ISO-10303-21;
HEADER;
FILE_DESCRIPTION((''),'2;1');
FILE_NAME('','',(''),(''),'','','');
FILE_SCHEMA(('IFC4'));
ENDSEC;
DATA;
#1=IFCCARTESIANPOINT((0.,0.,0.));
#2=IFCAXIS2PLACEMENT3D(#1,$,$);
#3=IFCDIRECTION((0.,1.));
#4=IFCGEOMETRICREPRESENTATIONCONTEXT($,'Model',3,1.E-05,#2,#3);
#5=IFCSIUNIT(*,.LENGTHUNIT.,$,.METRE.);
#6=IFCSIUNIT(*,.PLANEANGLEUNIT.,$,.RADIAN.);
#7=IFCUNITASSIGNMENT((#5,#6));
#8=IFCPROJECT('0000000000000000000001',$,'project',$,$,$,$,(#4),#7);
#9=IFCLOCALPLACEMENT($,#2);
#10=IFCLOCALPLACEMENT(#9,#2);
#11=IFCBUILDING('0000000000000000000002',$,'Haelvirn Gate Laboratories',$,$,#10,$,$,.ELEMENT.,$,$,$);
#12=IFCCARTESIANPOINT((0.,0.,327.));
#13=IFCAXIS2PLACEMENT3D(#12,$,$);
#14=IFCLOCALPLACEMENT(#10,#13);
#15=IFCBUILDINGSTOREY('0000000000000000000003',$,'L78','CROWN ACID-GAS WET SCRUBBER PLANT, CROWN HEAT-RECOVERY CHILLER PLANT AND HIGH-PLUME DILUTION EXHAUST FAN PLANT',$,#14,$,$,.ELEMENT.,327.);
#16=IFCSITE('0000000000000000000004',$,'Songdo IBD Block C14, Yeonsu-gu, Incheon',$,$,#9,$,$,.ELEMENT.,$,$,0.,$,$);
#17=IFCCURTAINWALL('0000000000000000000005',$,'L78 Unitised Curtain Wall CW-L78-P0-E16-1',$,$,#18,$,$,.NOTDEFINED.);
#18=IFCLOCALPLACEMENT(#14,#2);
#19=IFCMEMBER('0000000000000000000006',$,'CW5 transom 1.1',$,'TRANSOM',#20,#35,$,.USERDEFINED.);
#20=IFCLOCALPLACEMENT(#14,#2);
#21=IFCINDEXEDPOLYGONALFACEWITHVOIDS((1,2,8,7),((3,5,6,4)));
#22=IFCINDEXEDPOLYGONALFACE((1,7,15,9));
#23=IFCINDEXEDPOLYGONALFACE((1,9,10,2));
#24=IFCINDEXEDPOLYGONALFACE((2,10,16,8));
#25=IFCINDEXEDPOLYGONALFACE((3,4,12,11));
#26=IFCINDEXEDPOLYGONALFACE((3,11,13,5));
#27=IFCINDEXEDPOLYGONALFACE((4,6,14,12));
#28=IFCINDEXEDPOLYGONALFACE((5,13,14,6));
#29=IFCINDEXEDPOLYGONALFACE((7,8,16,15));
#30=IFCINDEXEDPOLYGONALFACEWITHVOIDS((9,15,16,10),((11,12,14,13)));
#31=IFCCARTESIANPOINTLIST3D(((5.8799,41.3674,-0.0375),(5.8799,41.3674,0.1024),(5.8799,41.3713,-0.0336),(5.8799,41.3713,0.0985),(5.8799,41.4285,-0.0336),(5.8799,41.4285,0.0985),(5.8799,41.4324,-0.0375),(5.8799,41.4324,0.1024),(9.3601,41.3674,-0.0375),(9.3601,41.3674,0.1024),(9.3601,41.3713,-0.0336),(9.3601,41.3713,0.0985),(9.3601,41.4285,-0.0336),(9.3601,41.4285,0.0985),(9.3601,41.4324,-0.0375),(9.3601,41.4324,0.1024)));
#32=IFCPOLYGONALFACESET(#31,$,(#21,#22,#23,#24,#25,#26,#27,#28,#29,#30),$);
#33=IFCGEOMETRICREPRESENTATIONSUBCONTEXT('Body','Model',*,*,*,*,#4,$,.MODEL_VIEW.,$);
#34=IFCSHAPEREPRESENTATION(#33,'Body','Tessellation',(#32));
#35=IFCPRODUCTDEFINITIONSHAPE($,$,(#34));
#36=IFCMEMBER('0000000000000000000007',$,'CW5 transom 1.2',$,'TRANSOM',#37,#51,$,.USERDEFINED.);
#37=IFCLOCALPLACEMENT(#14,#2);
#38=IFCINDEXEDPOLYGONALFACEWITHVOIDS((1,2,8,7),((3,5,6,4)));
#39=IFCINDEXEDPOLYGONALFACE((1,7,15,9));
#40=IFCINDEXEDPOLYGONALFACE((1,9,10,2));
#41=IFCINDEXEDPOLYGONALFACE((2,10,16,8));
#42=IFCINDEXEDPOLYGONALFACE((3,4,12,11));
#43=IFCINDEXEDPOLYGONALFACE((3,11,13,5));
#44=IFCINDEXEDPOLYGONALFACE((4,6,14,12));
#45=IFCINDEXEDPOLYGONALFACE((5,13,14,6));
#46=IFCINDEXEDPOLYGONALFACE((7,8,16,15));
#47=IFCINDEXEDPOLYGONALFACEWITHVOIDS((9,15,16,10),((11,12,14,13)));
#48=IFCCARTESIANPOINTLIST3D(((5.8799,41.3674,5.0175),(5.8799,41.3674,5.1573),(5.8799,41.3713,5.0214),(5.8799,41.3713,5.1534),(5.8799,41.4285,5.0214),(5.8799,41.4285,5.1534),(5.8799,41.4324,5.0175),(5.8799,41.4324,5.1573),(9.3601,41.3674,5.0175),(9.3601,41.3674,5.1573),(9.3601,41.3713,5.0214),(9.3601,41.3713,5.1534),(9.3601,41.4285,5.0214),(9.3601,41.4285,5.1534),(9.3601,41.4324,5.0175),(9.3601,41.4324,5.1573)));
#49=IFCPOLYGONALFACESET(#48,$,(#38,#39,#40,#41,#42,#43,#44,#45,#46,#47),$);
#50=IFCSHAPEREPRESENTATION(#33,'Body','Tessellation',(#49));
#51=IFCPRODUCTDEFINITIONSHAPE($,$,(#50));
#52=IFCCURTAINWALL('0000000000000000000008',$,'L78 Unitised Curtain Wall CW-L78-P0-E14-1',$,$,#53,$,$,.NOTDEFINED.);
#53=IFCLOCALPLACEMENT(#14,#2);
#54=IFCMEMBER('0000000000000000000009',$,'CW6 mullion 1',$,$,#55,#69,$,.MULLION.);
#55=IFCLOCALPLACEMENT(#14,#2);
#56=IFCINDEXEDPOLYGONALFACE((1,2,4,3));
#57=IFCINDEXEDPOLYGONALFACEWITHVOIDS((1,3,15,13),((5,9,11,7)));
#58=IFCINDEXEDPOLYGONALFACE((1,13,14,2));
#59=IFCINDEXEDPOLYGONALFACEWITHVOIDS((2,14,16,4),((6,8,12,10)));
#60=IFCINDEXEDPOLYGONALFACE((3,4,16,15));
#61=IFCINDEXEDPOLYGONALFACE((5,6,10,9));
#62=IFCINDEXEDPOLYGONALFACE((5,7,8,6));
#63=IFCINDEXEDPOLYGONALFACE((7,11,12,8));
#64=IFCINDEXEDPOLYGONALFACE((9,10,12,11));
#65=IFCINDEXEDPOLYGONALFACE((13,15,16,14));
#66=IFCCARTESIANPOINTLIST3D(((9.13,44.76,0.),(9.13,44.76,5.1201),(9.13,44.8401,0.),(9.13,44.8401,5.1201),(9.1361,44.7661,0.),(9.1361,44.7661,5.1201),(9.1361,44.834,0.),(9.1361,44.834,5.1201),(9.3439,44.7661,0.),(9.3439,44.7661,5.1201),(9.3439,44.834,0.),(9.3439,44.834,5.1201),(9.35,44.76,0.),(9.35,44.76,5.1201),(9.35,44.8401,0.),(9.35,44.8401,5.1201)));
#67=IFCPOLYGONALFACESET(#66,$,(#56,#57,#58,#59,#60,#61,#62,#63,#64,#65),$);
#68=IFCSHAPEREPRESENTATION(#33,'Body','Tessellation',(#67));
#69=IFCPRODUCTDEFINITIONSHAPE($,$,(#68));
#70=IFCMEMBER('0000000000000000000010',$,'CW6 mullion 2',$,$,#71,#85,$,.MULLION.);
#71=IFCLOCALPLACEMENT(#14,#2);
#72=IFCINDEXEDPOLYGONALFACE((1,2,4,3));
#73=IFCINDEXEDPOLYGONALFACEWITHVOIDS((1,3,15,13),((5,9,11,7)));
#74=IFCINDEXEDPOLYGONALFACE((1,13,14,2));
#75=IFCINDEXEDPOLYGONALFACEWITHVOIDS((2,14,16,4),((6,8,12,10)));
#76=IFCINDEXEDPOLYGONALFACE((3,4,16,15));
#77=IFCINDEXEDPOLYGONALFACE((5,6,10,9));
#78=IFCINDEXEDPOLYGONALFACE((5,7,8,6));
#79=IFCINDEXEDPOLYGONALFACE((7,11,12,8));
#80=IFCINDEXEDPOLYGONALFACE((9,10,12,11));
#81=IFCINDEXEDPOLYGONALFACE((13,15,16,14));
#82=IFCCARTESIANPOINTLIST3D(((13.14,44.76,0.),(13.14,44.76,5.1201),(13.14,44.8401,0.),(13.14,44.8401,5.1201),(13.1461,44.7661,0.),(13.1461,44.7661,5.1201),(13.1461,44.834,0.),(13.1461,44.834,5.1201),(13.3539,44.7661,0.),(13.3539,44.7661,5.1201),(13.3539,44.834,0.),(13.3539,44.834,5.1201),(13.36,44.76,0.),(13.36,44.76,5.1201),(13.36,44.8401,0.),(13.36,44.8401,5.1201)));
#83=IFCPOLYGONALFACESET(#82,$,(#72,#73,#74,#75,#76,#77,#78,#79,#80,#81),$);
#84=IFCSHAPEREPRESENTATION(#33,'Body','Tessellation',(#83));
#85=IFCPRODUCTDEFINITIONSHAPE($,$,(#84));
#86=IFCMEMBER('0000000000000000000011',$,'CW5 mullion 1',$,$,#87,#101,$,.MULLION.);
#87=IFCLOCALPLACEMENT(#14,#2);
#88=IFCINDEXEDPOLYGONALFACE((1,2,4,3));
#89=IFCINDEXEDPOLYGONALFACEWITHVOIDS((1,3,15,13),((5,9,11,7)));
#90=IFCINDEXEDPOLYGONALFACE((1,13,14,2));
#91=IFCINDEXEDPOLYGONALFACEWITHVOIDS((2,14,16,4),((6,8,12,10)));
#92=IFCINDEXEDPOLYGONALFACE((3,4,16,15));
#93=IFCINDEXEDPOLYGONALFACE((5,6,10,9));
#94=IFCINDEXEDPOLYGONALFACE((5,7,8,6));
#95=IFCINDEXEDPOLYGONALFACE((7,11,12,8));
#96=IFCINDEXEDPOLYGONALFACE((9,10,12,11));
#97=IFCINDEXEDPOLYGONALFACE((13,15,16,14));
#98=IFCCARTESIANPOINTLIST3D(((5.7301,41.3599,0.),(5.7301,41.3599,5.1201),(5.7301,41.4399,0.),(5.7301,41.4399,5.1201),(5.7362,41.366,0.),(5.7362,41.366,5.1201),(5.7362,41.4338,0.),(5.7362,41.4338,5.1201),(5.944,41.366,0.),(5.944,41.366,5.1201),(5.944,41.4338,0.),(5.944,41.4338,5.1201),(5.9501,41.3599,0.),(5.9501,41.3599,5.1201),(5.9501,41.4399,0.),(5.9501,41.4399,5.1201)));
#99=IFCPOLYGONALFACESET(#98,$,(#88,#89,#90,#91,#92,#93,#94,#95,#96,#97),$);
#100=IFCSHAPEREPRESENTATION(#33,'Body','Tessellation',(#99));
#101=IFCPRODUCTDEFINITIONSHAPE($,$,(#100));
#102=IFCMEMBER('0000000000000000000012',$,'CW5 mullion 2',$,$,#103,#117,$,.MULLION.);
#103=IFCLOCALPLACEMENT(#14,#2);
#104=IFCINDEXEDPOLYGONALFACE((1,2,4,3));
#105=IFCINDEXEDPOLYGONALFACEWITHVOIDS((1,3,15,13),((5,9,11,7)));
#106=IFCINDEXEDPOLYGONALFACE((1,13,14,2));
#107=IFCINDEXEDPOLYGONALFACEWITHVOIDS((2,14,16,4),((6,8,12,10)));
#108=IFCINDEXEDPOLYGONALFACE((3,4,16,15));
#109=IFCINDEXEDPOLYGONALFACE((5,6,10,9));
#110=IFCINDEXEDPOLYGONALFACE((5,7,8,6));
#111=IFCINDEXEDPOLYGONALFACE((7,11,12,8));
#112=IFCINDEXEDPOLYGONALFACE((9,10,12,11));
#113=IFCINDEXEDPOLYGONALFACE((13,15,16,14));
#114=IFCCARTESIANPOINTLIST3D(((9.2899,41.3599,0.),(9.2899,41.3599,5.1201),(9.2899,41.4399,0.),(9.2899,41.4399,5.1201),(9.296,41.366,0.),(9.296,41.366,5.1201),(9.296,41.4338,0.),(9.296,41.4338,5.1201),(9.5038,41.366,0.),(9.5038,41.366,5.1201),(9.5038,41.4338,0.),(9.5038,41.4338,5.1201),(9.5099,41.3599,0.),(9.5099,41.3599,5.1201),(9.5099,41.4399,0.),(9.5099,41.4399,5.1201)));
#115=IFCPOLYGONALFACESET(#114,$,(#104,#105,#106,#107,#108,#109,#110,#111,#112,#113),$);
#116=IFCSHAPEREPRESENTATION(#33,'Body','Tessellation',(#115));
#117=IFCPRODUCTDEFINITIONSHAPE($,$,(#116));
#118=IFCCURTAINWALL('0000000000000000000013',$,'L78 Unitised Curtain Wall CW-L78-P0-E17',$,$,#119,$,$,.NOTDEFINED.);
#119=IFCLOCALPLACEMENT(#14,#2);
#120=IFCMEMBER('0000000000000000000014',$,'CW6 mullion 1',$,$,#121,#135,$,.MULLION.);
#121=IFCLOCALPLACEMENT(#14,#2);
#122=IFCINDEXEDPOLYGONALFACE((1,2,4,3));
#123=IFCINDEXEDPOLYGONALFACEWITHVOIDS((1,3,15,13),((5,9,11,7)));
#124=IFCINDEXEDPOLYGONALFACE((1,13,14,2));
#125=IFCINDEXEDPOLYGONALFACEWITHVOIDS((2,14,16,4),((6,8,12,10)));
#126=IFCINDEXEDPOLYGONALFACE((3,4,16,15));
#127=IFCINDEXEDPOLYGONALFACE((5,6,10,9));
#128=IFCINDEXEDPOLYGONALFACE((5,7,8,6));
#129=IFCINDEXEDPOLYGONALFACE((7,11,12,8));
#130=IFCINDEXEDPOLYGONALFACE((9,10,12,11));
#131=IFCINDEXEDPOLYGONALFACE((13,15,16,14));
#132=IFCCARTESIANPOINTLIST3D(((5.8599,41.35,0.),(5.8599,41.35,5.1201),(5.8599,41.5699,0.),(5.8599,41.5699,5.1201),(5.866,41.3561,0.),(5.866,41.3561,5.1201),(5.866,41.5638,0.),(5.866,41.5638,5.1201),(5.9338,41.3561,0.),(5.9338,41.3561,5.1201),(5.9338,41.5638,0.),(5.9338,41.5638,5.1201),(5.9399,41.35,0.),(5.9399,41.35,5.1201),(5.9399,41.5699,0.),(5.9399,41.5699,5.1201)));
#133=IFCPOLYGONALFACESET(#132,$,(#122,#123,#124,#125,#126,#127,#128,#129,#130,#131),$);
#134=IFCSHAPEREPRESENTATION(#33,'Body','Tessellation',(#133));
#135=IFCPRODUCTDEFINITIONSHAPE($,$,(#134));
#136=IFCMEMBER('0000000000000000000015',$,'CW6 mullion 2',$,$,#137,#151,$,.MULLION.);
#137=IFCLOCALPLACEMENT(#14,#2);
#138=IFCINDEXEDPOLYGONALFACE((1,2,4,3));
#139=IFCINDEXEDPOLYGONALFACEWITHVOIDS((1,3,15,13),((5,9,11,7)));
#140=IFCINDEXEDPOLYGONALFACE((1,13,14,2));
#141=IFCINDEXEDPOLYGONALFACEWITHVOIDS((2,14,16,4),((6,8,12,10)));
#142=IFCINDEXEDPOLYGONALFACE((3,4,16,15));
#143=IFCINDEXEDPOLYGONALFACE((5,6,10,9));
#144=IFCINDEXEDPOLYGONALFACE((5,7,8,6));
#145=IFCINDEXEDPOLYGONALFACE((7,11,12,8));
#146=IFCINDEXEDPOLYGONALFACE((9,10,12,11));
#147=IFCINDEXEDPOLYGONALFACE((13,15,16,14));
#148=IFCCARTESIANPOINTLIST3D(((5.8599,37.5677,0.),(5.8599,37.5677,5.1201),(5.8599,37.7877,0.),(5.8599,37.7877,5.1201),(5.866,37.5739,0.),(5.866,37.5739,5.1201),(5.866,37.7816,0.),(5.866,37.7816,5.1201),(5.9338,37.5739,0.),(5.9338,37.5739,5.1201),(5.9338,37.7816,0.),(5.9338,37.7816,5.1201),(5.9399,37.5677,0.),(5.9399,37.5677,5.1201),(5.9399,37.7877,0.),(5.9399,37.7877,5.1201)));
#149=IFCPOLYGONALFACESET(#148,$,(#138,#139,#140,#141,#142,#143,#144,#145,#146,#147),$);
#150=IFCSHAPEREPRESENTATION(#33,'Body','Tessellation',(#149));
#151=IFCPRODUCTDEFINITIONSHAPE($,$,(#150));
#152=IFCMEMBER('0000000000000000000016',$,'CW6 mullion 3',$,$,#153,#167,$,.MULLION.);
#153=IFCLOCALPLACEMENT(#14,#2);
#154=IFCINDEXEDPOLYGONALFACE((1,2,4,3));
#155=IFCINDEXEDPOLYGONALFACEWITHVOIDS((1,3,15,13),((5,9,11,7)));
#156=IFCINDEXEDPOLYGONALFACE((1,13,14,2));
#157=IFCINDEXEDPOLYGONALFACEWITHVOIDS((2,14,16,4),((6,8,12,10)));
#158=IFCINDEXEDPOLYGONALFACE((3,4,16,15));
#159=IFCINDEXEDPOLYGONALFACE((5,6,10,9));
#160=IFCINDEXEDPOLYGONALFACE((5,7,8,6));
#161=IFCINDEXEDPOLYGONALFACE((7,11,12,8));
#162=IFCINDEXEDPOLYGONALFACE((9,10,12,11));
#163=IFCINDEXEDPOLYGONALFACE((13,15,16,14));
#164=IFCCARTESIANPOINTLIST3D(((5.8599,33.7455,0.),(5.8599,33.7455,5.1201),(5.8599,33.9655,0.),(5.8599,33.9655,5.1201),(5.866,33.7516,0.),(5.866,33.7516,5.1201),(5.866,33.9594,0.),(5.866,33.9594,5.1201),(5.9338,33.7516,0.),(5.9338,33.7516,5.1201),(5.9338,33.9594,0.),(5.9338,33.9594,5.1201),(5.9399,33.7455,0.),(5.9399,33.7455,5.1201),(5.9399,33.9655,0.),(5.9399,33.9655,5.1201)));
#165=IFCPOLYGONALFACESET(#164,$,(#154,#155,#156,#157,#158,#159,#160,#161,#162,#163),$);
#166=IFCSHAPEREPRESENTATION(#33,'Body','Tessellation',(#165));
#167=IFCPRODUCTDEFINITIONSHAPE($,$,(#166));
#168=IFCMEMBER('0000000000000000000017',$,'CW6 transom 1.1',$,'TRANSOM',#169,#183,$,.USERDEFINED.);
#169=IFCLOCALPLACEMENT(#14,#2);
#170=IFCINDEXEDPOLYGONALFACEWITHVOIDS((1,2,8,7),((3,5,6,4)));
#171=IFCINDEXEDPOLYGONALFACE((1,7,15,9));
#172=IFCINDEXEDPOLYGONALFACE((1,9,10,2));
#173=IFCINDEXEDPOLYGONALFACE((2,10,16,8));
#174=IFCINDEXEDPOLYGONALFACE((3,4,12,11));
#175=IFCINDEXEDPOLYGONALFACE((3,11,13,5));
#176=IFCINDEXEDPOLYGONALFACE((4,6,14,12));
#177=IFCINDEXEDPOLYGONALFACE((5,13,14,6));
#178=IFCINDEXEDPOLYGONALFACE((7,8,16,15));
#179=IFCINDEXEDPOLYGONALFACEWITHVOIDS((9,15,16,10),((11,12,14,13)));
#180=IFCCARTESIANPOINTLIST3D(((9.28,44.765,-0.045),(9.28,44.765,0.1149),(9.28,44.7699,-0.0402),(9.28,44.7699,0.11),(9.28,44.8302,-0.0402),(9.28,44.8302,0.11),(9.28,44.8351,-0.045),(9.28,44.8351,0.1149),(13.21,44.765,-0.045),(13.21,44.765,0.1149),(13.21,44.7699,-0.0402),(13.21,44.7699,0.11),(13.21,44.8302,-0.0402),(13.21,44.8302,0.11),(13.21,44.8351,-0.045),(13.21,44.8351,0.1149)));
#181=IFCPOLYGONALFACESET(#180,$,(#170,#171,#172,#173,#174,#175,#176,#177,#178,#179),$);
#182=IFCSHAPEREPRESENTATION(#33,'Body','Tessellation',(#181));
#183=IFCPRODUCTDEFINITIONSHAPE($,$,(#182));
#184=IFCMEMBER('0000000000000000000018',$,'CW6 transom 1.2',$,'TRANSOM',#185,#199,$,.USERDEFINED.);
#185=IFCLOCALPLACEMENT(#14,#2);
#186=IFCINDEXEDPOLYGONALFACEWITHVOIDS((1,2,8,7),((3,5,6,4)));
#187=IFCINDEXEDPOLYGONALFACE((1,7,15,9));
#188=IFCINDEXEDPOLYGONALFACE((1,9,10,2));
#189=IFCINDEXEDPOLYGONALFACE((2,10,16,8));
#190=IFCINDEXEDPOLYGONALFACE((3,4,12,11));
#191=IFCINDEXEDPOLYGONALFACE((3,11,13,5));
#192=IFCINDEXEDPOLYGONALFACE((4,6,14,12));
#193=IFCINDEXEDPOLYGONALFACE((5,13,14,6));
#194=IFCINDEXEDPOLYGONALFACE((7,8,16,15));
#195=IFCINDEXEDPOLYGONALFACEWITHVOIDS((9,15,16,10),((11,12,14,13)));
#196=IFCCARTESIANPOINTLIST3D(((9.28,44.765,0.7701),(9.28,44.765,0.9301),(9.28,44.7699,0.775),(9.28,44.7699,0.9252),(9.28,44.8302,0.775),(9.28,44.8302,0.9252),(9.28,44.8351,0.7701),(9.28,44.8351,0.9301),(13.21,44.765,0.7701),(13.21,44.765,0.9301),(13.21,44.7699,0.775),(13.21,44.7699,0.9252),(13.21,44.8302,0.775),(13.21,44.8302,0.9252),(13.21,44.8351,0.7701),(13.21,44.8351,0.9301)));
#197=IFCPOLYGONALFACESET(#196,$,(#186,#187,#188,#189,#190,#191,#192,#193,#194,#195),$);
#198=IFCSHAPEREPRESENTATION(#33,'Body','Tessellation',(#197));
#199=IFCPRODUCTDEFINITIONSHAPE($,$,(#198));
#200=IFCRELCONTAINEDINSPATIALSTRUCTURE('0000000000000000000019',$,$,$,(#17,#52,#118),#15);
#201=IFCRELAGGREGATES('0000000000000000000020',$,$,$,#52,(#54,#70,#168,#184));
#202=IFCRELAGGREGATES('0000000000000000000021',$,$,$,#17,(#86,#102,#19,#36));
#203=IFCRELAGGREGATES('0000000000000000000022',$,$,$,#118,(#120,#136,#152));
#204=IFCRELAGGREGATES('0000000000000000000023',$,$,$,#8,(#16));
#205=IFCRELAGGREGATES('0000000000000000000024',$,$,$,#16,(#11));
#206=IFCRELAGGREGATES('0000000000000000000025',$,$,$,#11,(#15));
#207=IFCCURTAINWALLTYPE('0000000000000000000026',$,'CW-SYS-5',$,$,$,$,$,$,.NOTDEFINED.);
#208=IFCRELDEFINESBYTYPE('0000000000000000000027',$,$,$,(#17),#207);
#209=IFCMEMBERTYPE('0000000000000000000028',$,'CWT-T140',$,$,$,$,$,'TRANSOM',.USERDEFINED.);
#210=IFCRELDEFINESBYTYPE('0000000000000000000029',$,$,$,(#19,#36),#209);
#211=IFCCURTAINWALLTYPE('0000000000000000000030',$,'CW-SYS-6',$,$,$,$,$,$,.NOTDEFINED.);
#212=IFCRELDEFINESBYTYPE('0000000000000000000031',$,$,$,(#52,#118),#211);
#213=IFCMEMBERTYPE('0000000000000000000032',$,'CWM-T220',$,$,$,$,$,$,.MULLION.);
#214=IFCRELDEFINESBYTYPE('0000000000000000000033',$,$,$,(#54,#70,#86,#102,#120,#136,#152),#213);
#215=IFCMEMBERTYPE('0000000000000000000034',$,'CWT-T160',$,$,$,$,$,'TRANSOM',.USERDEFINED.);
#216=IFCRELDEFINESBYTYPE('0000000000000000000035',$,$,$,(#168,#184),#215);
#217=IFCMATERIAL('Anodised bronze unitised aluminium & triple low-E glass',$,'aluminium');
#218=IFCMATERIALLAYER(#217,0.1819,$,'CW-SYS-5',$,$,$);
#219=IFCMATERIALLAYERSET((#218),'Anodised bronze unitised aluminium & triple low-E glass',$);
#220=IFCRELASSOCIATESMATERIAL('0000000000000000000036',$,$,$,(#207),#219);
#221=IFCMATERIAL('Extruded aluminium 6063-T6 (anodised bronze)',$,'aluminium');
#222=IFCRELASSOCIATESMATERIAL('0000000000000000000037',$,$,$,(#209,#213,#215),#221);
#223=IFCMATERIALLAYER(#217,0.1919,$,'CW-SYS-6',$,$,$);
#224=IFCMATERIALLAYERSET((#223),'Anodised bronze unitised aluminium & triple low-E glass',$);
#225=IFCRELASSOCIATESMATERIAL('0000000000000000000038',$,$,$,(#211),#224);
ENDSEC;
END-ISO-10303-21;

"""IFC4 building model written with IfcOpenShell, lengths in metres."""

from ifc_helpers import new_model, si_unit, direction, frame, origin, origin_2d, place, context, subcontext, project, spatial, hollow_rectangle, extrude, source, transform, mapped, material, layer, layer_set, material_profile, profile_set, type_object, type_shapes, element, aggregate, save


model = new_model("IFC4")

# Units and contexts
model_context = context("Model", 3, precision=1e-05, world=origin(), true_north=direction((0.0, 1.0)))
body_context = subcontext(model_context, "Body", "Model", "MODEL_VIEW")
ifc_project = project(units=[si_unit("LENGTHUNIT", "METRE"), si_unit("PLANEANGLEUNIT", "RADIAN")], contexts=[model_context])

# Site, building, storey
site_placement = place(None, origin())
site = spatial("IfcSite", under=ifc_project, at=site_placement, Name="Songdo IBD Block C14, Yeonsu-gu, Incheon", CompositionType="ELEMENT", RefElevation=0.0)
building_placement = place(site_placement, origin())
building = spatial("IfcBuilding", under=site, at=building_placement, Name="Haelvirn Gate Laboratories", CompositionType="ELEMENT")
storey_placement = place(building_placement, frame((0.0, 0.0, 327.0)))
storey = spatial("IfcBuildingStorey", under=building, at=storey_placement, Name="L78", Description="CROWN ACID-GAS WET SCRUBBER PLANT, CROWN HEAT-RECOVERY CHILLER PLANT AND HIGH-PLUME DILUTION EXHAUST FAN PLANT", CompositionType="ELEMENT", Elevation=327.0)

# Curtain walls, members
ifc_material_1 = material(Name="Anodised bronze unitised aluminium & triple low-E glass", Category="aluminium")
ifc_layer_1 = layer(ifc_material_1, 0.1819, Name="CW-SYS-5")
ifc_layer_set_1 = layer_set([ifc_layer_1], Name="Anodised bronze unitised aluminium & triple low-E glass")
curtain_wall_type_1 = type_object("IfcCurtainWallType", Name="CW-SYS-5", PredefinedType="NOTDEFINED", material=ifc_layer_set_1)
curtain_wall_1_placement = place(storey_placement, origin())
curtain_wall_1 = element("IfcCurtainWall", 1, at=curtain_wall_1_placement, inside=storey, type_object=curtain_wall_type_1, Name="L78 Unitised Curtain Wall CW-L78-P0-E16-1", PredefinedType="NOTDEFINED")
ifc_material_2 = material(Name="Extruded aluminium 6063-T6 (anodised bronze)", Category="aluminium")
ifc_material_profile_1 = material_profile(ifc_material_2, hollow_rectangle(XDim=0.0649, YDim=0.1399, WallThickness=0.0039, at=origin_2d()), Name="CWT-140x65x4")
ifc_profile_set_1 = profile_set([ifc_material_profile_1], Name="Extruded aluminium 6063-T6 (anodised bronze)")
member_type_1 = type_object("IfcMemberType", Name="CWT-T140", ElementType="TRANSOM", PredefinedType="USERDEFINED", material=ifc_profile_set_1)
shared_shape_1 = source(origin(), body_context, "Body", "SweptSolid", [
    extrude(hollow_rectangle(XDim=0.0649, YDim=0.1399, WallThickness=0.0039, at=origin_2d()), origin(), (0.0, 0.0, 1.0), 3.4802),
])
type_shapes(member_type_1, [shared_shape_1])
member_1_placement = place(storey_placement, frame((5.8799, 41.3999, 0.0325), z_axis=(1.0, 0.0, 0.0), x_axis=(0.0, 1.0, 0.0)))
member_1 = element("IfcMember", 2, at=member_1_placement, type_object=member_type_1, Name="CW5 transom 1.1", ObjectType="TRANSOM", PredefinedType="USERDEFINED", context=body_context, shape_type="MappedRepresentation", body=[
    mapped(shared_shape_1, transform((0.0, 0.0, 0.0), scale=1.0)),
])
member_2_placement = place(storey_placement, frame((5.8799, 41.3999, 5.0874), z_axis=(1.0, 0.0, 0.0), x_axis=(0.0, 1.0, 0.0)))
member_2 = element("IfcMember", 3, at=member_2_placement, type_object=member_type_1, Name="CW5 transom 1.2", ObjectType="TRANSOM", PredefinedType="USERDEFINED", context=body_context, shape_type="MappedRepresentation", body=[
    mapped(shared_shape_1, transform((0.0, 0.0, 0.0), scale=1.0)),
])
ifc_layer_2 = layer(ifc_material_1, 0.1919, Name="CW-SYS-6")
ifc_layer_set_2 = layer_set([ifc_layer_2], Name="Anodised bronze unitised aluminium & triple low-E glass")
curtain_wall_type_2 = type_object("IfcCurtainWallType", Name="CW-SYS-6", PredefinedType="NOTDEFINED", material=ifc_layer_set_2)
curtain_wall_2_placement = place(storey_placement, origin())
curtain_wall_2 = element("IfcCurtainWall", 4, at=curtain_wall_2_placement, inside=storey, type_object=curtain_wall_type_2, Name="L78 Unitised Curtain Wall CW-L78-P0-E14-1", PredefinedType="NOTDEFINED")
ifc_material_profile_2 = material_profile(ifc_material_2, hollow_rectangle(XDim=0.0801, YDim=0.22, WallThickness=0.0061, at=origin_2d()), Name="CWM-220x80x6")
ifc_profile_set_2 = profile_set([ifc_material_profile_2], Name="Extruded aluminium 6063-T6 (anodised bronze)")
member_type_2 = type_object("IfcMemberType", Name="CWM-T220", PredefinedType="MULLION", material=ifc_profile_set_2)
shared_shape_2 = source(origin(), body_context, "Body", "SweptSolid", [
    extrude(hollow_rectangle(XDim=0.0801, YDim=0.22, WallThickness=0.0061, at=origin_2d()), origin(), (0.0, 0.0, 1.0), 5.1201),
])
type_shapes(member_type_2, [shared_shape_2])
member_3_placement = place(storey_placement, frame((9.24, 44.8, 0.0), z_axis=(0.0, 0.0, 1.0), x_axis=(0.0, 1.0, 0.0)))
member_3 = element("IfcMember", 5, at=member_3_placement, type_object=member_type_2, Name="CW6 mullion 1", PredefinedType="MULLION", context=body_context, shape_type="MappedRepresentation", body=[
    mapped(shared_shape_2, transform((0.0, 0.0, 0.0), scale=1.0)),
])
member_4_placement = place(storey_placement, frame((13.25, 44.8, 0.0), z_axis=(0.0, 0.0, 1.0), x_axis=(0.0, 1.0, 0.0)))
member_4 = element("IfcMember", 6, at=member_4_placement, type_object=member_type_2, Name="CW6 mullion 2", PredefinedType="MULLION", context=body_context, shape_type="MappedRepresentation", body=[
    mapped(shared_shape_2, transform((0.0, 0.0, 0.0), scale=1.0)),
])

# Members
member_5_placement = place(storey_placement, frame((5.8401, 41.3999, 0.0), z_axis=(0.0, 0.0, 1.0), x_axis=(0.0, 1.0, 0.0)))
member_5 = element("IfcMember", 7, at=member_5_placement, type_object=member_type_2, Name="CW5 mullion 1", PredefinedType="MULLION", context=body_context, shape_type="MappedRepresentation", body=[
    mapped(shared_shape_2, transform((0.0, 0.0, 0.0), scale=1.0)),
])
member_6_placement = place(storey_placement, frame((9.3999, 41.3999, 0.0), z_axis=(0.0, 0.0, 1.0), x_axis=(0.0, 1.0, 0.0)))
member_6 = element("IfcMember", 8, at=member_6_placement, type_object=member_type_2, Name="CW5 mullion 2", PredefinedType="MULLION", context=body_context, shape_type="MappedRepresentation", body=[
    mapped(shared_shape_2, transform((0.0, 0.0, 0.0), scale=1.0)),
])

# Curtain wall, members
curtain_wall_3_placement = place(storey_placement, origin())
curtain_wall_3 = element("IfcCurtainWall", 9, at=curtain_wall_3_placement, inside=storey, type_object=curtain_wall_type_2, Name="L78 Unitised Curtain Wall CW-L78-P0-E17", PredefinedType="NOTDEFINED")
member_7_placement = place(storey_placement, frame((5.8999, 41.46, 0.0), z_axis=(0.0, 0.0, 1.0), x_axis=(1.0, 0.0, 0.0)))
member_7 = element("IfcMember", 10, at=member_7_placement, type_object=member_type_2, Name="CW6 mullion 1", PredefinedType="MULLION", context=body_context, shape_type="MappedRepresentation", body=[
    mapped(shared_shape_2, transform((0.0, 0.0, 0.0), scale=1.0)),
])
member_8_placement = place(storey_placement, frame((5.8999, 37.6777, 0.0), z_axis=(0.0, 0.0, 1.0), x_axis=(1.0, 0.0, 0.0)))
member_8 = element("IfcMember", 11, at=member_8_placement, type_object=member_type_2, Name="CW6 mullion 2", PredefinedType="MULLION", context=body_context, shape_type="MappedRepresentation", body=[
    mapped(shared_shape_2, transform((0.0, 0.0, 0.0), scale=1.0)),
])
member_9_placement = place(storey_placement, frame((5.8999, 33.8555, 0.0), z_axis=(0.0, 0.0, 1.0), x_axis=(1.0, 0.0, 0.0)))
member_9 = element("IfcMember", 12, at=member_9_placement, type_object=member_type_2, Name="CW6 mullion 3", PredefinedType="MULLION", context=body_context, shape_type="MappedRepresentation", body=[
    mapped(shared_shape_2, transform((0.0, 0.0, 0.0), scale=1.0)),
])

# Members
ifc_material_profile_3 = material_profile(ifc_material_2, hollow_rectangle(XDim=0.0701, YDim=0.1599, WallThickness=0.0049, at=origin_2d()), Name="CWT-160x70x5")
ifc_profile_set_3 = profile_set([ifc_material_profile_3], Name="Extruded aluminium 6063-T6 (anodised bronze)")
member_type_3 = type_object("IfcMemberType", Name="CWT-T160", ElementType="TRANSOM", PredefinedType="USERDEFINED", material=ifc_profile_set_3)
shared_shape_3 = source(origin(), body_context, "Body", "SweptSolid", [
    extrude(hollow_rectangle(XDim=0.0701, YDim=0.1599, WallThickness=0.0049, at=origin_2d()), origin(), (0.0, 0.0, 1.0), 3.9299),
])
member_10_placement = place(storey_placement, frame((9.28, 44.8, 0.0349), z_axis=(1.0, 0.0, 0.0), x_axis=(0.0, 1.0, 0.0)))
member_10 = element("IfcMember", 13, at=member_10_placement, type_object=member_type_3, Name="CW6 transom 1.1", ObjectType="TRANSOM", PredefinedType="USERDEFINED", context=body_context, shape_type="MappedRepresentation", body=[
    mapped(shared_shape_3, transform((0.0, 0.0, 0.0), scale=1.0)),
])
member_11_placement = place(storey_placement, frame((9.28, 44.8, 0.8501), z_axis=(1.0, 0.0, 0.0), x_axis=(0.0, 1.0, 0.0)))
member_11 = element("IfcMember", 14, at=member_11_placement, type_object=member_type_3, Name="CW6 transom 1.2", ObjectType="TRANSOM", PredefinedType="USERDEFINED", context=body_context, shape_type="MappedRepresentation", body=[
    mapped(shared_shape_3, transform((0.0, 0.0, 0.0), scale=1.0)),
])

aggregate(curtain_wall_2, [member_3, member_4, member_10, member_11])
aggregate(curtain_wall_1, [member_5, member_6, member_1, member_2])
aggregate(curtain_wall_3, [member_7, member_8, member_9])

save(model, "model.ifc")
